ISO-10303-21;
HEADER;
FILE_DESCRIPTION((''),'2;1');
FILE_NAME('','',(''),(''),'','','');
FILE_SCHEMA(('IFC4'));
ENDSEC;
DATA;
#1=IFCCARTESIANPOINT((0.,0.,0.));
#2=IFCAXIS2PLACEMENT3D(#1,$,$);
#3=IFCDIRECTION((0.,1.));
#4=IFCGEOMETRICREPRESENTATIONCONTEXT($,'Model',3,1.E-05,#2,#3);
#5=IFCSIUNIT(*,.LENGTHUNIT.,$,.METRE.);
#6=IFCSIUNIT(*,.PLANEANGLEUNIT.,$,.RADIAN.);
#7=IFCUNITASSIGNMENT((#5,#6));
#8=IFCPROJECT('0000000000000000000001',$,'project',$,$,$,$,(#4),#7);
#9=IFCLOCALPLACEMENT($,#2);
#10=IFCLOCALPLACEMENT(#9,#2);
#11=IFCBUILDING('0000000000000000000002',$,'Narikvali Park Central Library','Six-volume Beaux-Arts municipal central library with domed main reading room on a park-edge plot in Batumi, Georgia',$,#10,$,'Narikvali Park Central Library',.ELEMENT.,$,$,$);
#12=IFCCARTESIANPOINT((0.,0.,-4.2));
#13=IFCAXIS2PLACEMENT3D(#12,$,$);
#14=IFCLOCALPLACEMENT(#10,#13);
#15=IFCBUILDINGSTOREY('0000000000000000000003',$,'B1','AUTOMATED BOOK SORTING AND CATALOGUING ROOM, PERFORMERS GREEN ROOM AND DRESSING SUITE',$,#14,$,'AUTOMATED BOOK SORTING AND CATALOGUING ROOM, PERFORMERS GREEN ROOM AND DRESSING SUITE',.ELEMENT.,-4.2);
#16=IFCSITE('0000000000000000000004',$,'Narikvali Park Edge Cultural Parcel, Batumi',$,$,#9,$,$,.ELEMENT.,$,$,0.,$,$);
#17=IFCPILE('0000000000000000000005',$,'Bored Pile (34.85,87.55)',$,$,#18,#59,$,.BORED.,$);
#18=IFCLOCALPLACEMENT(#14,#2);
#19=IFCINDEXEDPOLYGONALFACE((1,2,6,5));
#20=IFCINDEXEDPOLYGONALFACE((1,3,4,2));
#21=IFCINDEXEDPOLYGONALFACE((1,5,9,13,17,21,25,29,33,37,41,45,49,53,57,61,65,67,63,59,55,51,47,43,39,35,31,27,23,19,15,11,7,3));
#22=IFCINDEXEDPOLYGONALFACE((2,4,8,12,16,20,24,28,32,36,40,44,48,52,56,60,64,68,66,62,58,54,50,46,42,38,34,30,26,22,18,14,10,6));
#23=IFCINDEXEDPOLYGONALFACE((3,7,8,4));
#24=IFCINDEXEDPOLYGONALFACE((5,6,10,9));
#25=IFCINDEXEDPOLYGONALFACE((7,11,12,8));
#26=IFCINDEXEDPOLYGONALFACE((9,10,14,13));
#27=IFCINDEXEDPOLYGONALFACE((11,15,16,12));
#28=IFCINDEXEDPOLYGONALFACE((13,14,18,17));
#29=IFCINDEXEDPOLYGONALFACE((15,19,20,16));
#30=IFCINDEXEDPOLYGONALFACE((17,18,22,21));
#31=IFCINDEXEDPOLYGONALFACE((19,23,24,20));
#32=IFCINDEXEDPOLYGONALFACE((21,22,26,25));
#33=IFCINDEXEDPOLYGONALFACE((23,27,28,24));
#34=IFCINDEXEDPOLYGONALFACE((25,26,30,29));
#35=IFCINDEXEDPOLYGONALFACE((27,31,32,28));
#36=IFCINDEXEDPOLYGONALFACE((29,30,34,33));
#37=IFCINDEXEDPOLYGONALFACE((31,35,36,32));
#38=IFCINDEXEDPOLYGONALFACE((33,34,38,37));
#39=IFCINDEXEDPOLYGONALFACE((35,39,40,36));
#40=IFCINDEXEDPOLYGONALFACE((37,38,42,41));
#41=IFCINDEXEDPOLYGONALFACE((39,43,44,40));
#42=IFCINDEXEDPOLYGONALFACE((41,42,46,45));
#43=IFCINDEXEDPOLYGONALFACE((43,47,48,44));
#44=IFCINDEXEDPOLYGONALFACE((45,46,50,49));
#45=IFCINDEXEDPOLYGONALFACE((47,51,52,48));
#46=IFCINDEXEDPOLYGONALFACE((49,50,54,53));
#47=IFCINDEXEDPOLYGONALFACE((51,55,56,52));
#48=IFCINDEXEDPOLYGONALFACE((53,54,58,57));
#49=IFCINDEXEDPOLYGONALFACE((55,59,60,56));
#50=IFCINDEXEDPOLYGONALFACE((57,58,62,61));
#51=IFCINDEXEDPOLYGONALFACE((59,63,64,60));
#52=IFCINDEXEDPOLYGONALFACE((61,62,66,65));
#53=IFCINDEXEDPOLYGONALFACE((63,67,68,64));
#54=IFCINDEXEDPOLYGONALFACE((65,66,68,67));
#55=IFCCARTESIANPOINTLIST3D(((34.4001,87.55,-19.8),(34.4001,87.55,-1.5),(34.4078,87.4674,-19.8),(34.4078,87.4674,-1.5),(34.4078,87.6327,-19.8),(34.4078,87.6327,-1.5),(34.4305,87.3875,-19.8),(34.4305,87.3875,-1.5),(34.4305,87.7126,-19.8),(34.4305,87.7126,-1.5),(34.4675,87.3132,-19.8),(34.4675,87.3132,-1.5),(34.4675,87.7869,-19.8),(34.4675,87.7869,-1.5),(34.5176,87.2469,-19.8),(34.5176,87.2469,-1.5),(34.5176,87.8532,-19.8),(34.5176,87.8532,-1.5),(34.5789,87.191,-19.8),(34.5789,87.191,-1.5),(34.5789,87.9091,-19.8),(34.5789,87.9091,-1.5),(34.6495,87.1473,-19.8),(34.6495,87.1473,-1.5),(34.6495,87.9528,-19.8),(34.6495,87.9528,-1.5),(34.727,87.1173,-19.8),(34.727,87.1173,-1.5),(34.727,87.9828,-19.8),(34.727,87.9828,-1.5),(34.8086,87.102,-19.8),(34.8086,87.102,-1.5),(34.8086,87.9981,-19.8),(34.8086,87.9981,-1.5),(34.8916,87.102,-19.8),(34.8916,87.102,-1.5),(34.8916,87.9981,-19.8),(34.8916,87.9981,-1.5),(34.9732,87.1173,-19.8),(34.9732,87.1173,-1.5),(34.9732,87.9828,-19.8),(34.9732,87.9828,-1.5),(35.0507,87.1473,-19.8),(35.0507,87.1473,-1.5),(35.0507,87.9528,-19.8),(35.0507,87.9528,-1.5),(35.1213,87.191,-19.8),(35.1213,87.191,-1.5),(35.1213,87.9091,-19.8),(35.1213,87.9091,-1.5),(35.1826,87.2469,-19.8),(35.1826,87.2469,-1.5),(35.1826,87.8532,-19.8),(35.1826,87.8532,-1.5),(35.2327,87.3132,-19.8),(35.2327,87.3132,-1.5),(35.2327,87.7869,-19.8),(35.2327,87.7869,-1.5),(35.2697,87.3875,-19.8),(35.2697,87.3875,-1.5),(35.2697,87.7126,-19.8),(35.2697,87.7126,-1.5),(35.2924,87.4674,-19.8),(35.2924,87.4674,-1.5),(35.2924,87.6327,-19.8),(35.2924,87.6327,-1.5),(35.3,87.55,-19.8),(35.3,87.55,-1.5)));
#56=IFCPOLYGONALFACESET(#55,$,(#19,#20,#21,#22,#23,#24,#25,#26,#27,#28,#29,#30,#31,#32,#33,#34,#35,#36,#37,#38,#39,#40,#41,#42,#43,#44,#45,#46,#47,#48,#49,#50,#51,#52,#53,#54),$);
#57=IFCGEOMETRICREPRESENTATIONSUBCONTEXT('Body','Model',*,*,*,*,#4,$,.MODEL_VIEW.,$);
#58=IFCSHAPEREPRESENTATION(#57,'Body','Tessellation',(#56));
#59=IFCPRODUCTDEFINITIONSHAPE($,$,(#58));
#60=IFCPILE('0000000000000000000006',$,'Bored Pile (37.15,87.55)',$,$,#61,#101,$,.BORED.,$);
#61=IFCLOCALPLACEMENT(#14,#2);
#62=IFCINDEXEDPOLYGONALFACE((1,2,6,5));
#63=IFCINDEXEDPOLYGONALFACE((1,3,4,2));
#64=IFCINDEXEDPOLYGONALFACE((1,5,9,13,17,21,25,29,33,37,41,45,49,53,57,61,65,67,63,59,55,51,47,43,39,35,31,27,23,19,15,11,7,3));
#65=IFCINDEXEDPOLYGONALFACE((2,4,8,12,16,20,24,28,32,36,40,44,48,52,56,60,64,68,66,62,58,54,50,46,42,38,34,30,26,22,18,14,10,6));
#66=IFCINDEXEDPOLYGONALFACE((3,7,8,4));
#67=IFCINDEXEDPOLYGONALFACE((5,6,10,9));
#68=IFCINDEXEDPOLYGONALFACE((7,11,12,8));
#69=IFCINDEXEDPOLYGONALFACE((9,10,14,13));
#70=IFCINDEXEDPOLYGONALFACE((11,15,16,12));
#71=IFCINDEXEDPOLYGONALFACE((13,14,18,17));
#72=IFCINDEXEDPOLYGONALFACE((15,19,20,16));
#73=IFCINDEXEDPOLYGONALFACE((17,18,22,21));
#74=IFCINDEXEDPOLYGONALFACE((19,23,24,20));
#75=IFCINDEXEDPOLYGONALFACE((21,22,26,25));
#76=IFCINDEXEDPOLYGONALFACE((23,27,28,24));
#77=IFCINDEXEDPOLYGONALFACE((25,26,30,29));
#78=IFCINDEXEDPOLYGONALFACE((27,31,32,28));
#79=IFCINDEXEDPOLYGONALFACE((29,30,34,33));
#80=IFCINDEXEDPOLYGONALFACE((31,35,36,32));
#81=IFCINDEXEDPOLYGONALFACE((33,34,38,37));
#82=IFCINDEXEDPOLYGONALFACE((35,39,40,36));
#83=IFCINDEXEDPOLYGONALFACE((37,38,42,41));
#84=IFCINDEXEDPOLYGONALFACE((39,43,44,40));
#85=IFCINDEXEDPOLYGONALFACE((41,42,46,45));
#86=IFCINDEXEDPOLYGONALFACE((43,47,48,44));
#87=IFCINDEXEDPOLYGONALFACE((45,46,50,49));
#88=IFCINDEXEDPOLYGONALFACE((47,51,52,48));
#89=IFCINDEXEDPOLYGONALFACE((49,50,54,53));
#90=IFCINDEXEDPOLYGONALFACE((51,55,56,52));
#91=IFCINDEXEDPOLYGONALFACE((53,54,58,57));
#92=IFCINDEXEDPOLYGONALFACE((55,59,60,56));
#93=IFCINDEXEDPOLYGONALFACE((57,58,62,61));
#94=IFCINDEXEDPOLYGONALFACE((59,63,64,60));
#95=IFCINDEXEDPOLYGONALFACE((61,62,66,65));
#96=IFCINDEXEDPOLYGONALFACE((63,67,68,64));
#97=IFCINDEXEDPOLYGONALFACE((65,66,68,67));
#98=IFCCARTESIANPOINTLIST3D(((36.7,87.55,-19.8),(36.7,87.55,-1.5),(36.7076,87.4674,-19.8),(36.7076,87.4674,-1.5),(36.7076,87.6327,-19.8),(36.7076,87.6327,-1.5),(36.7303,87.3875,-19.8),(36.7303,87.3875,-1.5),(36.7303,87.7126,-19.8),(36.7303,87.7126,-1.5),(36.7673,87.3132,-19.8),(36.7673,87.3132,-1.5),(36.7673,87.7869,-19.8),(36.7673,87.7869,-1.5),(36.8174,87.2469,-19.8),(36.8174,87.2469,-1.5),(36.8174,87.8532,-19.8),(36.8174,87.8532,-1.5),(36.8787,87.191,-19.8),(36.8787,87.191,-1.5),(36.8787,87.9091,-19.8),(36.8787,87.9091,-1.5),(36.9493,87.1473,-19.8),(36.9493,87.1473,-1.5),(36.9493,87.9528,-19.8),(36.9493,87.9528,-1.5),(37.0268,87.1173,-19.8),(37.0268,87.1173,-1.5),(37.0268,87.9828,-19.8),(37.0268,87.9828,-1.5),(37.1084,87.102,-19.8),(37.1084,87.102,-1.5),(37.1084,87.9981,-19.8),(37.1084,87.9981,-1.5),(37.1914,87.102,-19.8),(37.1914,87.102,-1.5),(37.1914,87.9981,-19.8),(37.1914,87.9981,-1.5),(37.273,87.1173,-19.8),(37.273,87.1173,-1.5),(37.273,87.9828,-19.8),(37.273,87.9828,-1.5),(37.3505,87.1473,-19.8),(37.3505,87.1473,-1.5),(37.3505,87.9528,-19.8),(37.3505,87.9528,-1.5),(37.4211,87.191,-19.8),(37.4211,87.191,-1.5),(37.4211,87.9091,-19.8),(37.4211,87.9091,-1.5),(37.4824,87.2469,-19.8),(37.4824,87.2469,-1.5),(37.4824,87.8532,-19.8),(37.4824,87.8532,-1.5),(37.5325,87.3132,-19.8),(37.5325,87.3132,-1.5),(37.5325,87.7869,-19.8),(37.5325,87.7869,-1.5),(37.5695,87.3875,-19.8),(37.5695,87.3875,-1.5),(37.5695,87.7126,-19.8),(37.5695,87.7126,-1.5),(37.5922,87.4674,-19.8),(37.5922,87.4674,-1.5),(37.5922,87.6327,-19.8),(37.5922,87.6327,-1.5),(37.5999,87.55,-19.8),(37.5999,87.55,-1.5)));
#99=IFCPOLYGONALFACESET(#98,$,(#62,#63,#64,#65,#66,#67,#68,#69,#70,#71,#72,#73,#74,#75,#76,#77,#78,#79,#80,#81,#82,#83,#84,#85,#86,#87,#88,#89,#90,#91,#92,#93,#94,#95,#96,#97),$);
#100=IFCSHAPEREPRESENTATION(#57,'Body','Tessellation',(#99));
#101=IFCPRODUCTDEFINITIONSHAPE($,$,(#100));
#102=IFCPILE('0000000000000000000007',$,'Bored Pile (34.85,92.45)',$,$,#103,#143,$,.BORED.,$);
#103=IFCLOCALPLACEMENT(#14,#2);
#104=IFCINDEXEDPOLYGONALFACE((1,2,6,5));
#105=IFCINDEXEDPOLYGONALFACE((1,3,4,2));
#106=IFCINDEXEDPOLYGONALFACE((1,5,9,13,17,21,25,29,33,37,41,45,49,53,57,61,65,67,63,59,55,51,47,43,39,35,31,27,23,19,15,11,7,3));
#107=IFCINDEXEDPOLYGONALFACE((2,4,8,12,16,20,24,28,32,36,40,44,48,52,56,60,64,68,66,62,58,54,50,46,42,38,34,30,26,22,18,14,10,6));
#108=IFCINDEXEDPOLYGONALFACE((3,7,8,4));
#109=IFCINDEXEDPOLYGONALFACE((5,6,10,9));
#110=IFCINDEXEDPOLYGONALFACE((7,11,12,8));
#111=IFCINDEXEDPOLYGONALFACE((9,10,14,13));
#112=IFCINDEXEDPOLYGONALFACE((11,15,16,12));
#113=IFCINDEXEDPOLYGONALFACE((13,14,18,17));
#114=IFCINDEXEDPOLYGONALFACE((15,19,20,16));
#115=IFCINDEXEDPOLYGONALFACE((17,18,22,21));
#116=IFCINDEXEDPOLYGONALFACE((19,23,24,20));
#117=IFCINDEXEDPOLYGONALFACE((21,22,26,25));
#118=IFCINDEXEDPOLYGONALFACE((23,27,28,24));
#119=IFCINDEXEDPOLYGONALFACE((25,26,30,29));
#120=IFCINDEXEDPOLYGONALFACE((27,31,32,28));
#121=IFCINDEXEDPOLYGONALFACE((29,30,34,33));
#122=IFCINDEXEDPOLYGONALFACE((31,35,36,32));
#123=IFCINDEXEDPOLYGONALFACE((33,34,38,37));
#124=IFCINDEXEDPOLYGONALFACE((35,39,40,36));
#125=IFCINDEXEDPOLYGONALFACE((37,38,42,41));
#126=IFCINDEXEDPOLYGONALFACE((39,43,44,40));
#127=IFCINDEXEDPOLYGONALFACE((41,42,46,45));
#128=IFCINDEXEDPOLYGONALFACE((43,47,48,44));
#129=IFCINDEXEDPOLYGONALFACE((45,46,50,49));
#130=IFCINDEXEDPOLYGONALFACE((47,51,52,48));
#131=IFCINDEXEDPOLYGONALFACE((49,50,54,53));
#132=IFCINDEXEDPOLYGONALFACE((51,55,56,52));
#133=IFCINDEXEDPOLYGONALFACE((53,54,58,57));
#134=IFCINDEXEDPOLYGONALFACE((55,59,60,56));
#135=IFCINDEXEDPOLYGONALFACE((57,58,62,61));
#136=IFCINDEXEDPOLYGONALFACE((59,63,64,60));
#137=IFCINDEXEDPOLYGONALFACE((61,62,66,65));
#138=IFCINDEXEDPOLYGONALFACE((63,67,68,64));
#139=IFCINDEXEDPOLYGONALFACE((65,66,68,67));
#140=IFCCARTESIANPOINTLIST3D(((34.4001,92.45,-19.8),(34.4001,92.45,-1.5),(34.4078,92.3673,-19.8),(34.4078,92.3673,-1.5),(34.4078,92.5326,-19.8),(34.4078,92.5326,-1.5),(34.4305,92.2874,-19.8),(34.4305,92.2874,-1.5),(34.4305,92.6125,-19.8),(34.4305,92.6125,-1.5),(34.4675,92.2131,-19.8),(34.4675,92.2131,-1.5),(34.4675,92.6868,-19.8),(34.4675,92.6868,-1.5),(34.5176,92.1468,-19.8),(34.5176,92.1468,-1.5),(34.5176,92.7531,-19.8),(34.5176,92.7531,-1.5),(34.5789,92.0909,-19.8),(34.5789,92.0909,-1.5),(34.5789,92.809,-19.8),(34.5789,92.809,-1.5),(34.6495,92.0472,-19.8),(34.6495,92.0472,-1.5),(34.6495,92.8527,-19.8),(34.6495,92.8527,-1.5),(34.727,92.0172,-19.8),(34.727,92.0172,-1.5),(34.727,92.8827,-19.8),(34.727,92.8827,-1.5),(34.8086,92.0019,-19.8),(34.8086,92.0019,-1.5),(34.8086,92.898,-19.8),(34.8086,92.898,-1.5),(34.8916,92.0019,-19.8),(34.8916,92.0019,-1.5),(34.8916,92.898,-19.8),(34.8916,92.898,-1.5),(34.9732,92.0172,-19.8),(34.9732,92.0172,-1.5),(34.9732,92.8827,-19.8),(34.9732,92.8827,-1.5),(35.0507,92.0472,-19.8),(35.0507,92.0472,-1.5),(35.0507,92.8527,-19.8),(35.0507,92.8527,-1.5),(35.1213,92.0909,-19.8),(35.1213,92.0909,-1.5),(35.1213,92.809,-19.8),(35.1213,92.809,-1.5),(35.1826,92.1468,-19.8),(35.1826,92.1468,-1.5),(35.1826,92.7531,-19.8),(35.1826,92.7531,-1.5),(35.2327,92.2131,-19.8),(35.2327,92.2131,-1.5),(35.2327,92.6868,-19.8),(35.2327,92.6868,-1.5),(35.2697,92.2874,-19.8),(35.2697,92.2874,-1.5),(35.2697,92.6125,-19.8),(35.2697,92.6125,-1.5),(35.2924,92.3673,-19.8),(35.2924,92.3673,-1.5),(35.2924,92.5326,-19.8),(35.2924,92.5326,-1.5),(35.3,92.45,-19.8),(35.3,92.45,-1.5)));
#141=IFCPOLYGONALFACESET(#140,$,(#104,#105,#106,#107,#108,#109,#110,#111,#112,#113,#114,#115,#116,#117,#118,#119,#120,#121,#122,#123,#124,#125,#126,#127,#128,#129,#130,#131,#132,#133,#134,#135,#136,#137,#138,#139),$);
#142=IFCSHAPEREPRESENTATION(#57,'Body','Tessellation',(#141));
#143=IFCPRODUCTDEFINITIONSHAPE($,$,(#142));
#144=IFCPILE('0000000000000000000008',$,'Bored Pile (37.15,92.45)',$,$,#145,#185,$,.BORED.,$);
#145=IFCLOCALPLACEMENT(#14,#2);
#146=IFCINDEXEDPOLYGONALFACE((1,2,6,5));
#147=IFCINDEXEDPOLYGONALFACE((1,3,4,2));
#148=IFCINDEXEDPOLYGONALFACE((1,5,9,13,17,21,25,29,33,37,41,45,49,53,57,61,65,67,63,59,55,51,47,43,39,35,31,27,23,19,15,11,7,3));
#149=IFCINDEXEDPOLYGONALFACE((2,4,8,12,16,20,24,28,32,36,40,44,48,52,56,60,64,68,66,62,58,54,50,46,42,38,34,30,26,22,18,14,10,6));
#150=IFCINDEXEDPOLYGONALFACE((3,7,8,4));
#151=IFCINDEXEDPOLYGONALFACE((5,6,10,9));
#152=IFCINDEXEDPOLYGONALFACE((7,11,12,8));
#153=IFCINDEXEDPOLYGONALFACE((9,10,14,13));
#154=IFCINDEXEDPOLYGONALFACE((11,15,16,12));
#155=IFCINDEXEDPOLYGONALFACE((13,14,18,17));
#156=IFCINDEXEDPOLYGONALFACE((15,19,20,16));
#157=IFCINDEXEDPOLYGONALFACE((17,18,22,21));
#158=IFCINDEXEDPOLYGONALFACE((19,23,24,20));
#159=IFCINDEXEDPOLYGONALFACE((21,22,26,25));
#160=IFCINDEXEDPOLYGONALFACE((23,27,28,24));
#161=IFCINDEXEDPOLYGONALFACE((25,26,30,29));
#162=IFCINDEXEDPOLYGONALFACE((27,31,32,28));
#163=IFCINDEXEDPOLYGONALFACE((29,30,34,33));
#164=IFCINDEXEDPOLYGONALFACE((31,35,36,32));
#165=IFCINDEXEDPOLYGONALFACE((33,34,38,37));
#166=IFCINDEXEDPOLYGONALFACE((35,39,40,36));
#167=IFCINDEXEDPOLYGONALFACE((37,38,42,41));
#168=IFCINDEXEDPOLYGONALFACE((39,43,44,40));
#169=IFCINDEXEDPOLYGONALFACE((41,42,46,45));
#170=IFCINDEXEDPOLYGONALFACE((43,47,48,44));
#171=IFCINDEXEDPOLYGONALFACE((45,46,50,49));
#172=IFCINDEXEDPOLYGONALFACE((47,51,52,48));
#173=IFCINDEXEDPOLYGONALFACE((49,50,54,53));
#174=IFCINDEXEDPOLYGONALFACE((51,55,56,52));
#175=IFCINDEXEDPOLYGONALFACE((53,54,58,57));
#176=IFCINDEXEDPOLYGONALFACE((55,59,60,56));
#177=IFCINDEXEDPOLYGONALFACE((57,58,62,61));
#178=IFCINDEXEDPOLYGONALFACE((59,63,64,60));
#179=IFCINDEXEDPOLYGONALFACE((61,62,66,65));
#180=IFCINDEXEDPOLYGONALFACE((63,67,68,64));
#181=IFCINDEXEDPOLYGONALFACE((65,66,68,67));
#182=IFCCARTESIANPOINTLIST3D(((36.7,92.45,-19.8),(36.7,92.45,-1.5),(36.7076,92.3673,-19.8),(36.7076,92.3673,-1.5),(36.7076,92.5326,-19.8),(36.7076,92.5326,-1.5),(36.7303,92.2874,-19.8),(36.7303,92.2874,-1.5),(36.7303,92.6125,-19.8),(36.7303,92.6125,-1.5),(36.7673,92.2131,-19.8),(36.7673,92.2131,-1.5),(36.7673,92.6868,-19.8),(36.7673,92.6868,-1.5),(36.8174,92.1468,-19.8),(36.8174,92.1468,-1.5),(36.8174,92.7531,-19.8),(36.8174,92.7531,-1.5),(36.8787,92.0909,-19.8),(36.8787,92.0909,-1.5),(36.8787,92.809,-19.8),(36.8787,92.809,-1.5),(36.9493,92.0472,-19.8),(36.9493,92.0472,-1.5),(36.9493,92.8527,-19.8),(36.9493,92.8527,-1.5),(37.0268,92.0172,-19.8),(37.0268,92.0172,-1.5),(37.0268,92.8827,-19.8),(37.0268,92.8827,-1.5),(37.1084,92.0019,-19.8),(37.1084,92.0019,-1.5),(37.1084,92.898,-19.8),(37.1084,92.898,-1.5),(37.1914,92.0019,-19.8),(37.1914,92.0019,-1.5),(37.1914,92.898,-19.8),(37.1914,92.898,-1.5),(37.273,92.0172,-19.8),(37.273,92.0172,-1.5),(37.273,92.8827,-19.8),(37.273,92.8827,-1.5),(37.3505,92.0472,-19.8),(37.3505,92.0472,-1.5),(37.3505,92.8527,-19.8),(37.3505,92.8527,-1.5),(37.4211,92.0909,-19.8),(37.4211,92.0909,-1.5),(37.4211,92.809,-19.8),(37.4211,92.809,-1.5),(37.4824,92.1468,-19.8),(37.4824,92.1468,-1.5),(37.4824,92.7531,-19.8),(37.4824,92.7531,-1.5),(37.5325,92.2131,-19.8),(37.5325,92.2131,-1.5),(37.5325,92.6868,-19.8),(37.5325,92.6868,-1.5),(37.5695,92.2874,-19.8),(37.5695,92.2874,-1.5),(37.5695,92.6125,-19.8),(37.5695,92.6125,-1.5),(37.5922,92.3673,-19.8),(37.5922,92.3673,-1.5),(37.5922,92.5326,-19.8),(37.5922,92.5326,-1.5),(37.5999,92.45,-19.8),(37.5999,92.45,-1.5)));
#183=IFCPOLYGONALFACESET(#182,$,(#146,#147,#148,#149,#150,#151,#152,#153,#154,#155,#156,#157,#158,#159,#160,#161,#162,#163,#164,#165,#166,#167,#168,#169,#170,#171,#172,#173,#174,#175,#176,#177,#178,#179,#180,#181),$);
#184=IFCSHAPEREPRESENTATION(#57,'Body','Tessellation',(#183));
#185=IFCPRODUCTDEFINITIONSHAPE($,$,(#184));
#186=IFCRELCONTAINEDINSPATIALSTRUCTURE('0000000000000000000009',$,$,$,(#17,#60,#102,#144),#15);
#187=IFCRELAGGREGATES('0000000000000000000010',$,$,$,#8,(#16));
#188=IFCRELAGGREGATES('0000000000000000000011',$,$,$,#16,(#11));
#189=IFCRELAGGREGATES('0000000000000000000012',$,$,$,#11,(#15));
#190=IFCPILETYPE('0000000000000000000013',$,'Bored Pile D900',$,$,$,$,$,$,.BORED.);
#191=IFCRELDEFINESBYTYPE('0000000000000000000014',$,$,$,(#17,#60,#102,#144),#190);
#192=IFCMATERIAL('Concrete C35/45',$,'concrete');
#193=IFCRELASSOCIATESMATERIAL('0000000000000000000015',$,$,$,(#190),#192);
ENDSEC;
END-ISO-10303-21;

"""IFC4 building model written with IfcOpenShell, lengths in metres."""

from ifc_helpers import new_model, si_unit, direction, frame, origin, origin_2d, place, context, subcontext, project, spatial, circle, extrude, material, material_profile, profile_set, type_object, element, save


model = new_model("IFC4")

# Units and contexts
model_context = context("Model", 3, precision=1e-05, world=origin(), true_north=direction((0.0, 1.0)))
body_context = subcontext(model_context, "Body", "Model", "MODEL_VIEW")
ifc_project = project(units=[si_unit("LENGTHUNIT", "METRE"), si_unit("PLANEANGLEUNIT", "RADIAN")], contexts=[model_context])

# Site, building, storey
site_placement = place(None, origin())
site = spatial("IfcSite", under=ifc_project, at=site_placement, Name="Narikvali Park Edge Cultural Parcel, Batumi", CompositionType="ELEMENT", RefElevation=0.0)
building_placement = place(site_placement, origin())
building = spatial("IfcBuilding", under=site, at=building_placement, Name="Narikvali Park Central Library", Description="Six-volume Beaux-Arts municipal central library with domed main reading room on a park-edge plot in Batumi, Georgia", LongName="Narikvali Park Central Library", CompositionType="ELEMENT")
storey_placement = place(building_placement, frame((0.0, 0.0, -4.2)))
storey = spatial("IfcBuildingStorey", under=building, at=storey_placement, Name="B1", Description="AUTOMATED BOOK SORTING AND CATALOGUING ROOM, PERFORMERS GREEN ROOM AND DRESSING SUITE", LongName="AUTOMATED BOOK SORTING AND CATALOGUING ROOM, PERFORMERS GREEN ROOM AND DRESSING SUITE", CompositionType="ELEMENT", Elevation=-4.2)

# Piles
ifc_material_1 = material(Name="Concrete C35/45", Category="concrete")
ifc_material_profile_1 = material_profile(ifc_material_1, circle(Radius=0.45, at=origin_2d()), Name="PILE D900")
ifc_profile_set_1 = profile_set([ifc_material_profile_1], Name="Concrete C35/45")
pile_type = type_object("IfcPileType", Name="Bored Pile D900", PredefinedType="BORED", material=ifc_profile_set_1)
for number, where, z_axis, x_axis, name in (
    (1, (34.8501, 87.55, -1.5), (0.0, 0.0, -1.0), (1.0, 0.0, 0.0), "Bored Pile (34.85,87.55)"),
    (2, (37.1499, 87.55, -1.5), (0.0, 0.0, -1.0), (1.0, 0.0, 0.0), "Bored Pile (37.15,87.55)"),
    (3, (34.8501, 92.45, -1.5), (0.0, 0.0, -1.0), (1.0, 0.0, 0.0), "Bored Pile (34.85,92.45)"),
    (4, (37.1499, 92.45, -1.5), (0.0, 0.0, -1.0), (1.0, 0.0, 0.0), "Bored Pile (37.15,92.45)"),
):
    element("IfcPile", number, at=place(storey_placement, frame(where, z_axis=z_axis, x_axis=x_axis)), inside=storey, type_object=pile_type, Name=name, PredefinedType="BORED", context=body_context, shape_type="SweptSolid", body=[
        extrude(circle(Radius=0.45, at=origin_2d()), origin(), (0.0, 0.0, 1.0), 18.3),
    ])

save(model, "model.ifc")
